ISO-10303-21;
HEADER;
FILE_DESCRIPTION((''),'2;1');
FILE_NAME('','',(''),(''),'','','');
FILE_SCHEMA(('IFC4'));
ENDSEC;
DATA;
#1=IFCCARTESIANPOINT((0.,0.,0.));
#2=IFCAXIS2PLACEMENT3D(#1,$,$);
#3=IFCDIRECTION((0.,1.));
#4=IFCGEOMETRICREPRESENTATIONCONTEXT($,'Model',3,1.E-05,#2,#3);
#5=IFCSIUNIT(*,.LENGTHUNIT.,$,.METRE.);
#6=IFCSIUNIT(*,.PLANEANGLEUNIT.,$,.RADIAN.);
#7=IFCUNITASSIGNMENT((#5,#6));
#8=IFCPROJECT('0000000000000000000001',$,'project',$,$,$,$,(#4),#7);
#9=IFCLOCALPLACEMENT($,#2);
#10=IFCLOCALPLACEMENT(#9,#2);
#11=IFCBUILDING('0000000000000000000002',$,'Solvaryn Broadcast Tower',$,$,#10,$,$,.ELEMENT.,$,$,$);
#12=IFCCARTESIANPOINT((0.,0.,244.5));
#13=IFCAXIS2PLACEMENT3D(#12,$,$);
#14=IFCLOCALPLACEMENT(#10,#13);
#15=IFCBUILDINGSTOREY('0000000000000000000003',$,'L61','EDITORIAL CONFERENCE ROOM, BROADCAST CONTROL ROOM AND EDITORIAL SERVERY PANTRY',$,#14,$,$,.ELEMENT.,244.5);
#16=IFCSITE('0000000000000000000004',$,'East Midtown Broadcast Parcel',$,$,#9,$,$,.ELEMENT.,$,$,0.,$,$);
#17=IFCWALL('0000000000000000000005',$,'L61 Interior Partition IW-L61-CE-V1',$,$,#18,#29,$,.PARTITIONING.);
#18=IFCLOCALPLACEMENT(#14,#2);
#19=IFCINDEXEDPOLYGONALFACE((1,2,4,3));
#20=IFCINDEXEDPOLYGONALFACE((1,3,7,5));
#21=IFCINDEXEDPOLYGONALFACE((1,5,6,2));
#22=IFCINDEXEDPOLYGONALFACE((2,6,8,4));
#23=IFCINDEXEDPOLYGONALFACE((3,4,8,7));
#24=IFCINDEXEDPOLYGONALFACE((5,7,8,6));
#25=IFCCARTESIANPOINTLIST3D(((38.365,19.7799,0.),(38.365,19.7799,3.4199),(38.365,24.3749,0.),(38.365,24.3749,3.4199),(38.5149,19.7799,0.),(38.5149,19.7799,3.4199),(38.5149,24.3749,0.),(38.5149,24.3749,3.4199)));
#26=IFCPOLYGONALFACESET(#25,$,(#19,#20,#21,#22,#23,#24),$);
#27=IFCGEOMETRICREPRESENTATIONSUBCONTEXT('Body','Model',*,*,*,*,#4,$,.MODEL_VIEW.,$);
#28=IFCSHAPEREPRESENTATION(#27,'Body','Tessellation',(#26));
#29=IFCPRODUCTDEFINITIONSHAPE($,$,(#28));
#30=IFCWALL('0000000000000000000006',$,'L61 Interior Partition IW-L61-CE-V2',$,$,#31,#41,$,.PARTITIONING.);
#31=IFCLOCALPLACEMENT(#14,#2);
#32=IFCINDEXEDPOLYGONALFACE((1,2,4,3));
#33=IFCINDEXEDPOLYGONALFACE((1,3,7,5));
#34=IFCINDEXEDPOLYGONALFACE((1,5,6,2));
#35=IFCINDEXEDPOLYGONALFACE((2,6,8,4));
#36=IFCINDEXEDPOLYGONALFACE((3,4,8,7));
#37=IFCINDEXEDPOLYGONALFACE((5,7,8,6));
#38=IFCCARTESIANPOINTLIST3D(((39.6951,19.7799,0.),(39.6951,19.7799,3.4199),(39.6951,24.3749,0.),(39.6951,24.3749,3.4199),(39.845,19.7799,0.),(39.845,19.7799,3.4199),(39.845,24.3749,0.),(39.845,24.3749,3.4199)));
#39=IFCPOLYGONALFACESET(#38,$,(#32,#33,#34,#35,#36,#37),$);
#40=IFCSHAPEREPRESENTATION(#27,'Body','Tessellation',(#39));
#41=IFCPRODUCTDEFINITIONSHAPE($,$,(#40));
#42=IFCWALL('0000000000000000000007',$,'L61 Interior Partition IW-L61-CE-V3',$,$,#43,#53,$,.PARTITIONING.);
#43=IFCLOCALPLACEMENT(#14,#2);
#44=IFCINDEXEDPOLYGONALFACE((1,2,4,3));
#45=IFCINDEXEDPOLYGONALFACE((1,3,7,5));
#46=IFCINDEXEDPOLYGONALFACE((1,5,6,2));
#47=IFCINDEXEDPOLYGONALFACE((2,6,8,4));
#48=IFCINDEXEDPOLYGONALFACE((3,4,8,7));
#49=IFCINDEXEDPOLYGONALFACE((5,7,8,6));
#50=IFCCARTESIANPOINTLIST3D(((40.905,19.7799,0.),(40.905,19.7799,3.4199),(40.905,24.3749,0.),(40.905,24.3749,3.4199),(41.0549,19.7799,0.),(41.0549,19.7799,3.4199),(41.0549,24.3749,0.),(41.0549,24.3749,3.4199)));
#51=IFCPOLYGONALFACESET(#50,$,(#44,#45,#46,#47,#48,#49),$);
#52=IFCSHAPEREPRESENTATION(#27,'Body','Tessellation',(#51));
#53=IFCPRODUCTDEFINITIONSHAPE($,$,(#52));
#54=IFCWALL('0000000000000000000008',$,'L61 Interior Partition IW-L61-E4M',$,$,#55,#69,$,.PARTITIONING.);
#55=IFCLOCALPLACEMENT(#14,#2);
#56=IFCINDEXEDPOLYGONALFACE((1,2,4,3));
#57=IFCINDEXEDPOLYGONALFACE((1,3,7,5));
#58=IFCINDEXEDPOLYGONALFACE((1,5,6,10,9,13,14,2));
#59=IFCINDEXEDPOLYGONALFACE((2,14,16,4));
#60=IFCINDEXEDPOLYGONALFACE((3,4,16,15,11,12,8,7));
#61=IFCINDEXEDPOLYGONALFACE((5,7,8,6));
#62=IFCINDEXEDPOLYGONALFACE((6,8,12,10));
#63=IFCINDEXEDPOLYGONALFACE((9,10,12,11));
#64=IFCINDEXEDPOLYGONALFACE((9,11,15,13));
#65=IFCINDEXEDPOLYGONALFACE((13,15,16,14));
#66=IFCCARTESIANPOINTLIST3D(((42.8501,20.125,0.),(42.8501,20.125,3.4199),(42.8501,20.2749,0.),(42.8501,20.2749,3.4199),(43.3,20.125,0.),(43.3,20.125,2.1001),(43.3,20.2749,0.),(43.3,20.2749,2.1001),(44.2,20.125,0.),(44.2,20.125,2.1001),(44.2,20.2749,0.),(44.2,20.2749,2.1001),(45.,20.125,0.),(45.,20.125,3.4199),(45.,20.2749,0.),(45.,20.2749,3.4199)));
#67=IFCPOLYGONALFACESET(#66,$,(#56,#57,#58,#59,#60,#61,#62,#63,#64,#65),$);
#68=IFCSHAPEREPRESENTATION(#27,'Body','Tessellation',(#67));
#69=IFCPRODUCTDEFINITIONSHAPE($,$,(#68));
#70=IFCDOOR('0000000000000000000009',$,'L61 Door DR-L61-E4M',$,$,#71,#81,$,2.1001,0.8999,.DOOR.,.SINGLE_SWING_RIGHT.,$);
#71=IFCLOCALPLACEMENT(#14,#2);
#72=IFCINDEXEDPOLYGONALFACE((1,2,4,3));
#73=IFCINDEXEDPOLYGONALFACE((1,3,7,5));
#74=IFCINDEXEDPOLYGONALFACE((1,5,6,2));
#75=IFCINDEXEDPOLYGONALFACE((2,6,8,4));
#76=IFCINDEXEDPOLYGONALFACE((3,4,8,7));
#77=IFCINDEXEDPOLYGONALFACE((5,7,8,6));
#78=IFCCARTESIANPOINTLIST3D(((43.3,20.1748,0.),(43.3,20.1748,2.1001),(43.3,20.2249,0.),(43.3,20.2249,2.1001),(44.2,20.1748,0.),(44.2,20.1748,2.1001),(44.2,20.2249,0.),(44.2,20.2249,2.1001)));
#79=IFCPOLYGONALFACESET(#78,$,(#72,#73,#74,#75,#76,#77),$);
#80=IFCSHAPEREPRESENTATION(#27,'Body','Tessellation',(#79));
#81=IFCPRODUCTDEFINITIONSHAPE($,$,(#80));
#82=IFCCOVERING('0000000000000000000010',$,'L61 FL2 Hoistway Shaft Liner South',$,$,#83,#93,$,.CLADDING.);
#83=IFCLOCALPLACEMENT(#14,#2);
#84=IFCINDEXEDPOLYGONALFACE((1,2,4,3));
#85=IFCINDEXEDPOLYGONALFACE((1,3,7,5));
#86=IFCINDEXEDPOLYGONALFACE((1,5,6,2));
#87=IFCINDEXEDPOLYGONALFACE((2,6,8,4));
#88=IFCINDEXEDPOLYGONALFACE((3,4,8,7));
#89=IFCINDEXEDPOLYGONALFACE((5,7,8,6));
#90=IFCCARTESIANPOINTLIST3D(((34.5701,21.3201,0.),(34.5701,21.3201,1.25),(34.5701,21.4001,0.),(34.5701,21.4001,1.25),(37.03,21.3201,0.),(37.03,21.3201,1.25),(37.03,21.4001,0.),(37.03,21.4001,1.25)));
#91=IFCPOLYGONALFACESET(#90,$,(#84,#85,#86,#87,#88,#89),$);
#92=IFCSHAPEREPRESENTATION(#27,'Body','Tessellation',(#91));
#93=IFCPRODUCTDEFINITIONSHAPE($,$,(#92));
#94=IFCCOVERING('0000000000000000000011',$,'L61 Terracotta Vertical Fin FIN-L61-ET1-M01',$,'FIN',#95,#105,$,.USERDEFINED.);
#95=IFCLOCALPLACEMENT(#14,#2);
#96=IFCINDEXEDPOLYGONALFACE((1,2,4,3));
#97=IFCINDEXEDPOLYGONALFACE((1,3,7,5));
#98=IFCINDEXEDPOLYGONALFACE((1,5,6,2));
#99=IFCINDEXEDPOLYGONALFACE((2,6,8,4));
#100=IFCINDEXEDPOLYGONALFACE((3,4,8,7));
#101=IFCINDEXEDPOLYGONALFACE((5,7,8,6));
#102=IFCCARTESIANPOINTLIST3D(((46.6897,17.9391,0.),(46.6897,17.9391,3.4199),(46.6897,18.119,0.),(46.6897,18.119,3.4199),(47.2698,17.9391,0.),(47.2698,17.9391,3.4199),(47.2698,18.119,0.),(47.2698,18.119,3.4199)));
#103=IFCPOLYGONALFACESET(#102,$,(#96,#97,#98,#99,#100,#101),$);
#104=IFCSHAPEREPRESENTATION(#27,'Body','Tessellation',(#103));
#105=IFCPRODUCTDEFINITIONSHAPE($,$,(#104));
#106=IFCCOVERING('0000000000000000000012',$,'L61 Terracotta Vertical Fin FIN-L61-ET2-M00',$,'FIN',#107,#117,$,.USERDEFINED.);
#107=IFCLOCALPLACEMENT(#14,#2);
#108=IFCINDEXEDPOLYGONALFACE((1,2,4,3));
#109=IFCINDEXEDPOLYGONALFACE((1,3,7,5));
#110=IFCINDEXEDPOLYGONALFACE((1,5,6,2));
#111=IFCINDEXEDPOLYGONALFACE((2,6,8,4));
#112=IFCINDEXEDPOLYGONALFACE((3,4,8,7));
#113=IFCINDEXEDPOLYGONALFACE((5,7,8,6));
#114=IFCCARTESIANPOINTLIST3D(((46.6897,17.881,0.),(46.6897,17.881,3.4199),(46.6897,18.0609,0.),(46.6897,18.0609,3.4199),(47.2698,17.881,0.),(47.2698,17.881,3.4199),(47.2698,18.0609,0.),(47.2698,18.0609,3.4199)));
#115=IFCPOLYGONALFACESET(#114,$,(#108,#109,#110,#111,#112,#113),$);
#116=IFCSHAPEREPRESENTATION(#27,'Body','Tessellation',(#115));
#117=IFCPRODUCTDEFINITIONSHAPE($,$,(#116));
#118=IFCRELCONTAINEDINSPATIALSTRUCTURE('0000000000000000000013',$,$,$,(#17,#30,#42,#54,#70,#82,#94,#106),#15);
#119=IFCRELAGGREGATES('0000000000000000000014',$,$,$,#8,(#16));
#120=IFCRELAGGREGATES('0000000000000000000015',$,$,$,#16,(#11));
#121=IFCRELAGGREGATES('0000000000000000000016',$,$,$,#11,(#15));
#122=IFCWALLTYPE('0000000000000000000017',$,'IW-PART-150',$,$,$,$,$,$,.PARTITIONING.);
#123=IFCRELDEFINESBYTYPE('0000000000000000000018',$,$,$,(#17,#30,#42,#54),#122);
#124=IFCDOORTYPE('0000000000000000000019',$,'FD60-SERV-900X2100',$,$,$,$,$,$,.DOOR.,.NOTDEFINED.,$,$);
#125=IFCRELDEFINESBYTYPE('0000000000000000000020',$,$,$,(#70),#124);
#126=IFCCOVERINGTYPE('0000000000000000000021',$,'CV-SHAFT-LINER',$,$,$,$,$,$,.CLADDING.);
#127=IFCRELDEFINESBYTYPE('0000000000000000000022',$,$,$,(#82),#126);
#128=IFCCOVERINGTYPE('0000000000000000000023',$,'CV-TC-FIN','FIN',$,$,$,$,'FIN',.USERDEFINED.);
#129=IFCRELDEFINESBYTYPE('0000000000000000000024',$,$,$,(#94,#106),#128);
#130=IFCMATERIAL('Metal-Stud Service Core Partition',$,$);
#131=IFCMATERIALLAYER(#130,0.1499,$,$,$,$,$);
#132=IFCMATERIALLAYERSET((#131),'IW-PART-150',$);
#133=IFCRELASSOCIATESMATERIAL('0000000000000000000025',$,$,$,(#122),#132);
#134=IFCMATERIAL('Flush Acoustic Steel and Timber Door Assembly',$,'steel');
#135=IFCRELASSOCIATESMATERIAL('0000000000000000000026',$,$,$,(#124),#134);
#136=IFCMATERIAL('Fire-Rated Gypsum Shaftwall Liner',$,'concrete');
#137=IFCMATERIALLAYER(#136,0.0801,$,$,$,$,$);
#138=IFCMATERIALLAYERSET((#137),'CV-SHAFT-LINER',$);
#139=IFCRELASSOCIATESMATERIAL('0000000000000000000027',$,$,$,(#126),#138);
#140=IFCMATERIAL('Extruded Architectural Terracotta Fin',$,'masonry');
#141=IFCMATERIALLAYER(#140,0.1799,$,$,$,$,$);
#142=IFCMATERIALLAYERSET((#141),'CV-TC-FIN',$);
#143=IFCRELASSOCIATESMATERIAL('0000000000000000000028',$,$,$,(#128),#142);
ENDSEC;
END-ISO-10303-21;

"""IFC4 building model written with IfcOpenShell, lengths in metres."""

from ifc_helpers import new_model, si_unit, direction, frame, frame_2d, origin, origin_2d, place, context, subcontext, project, spatial, rectangle, extrude, material, layer, layer_set, type_object, element, fill, save


model = new_model("IFC4")

# Units and contexts
model_context = context("Model", 3, precision=1e-05, world=origin(), true_north=direction((0.0, 1.0)))
body_context = subcontext(model_context, "Body", "Model", "MODEL_VIEW")
ifc_project = project(units=[si_unit("LENGTHUNIT", "METRE"), si_unit("PLANEANGLEUNIT", "RADIAN")], contexts=[model_context])

# Site, building, storey
site_placement = place(None, origin())
site = spatial("IfcSite", under=ifc_project, at=site_placement, Name="East Midtown Broadcast Parcel", CompositionType="ELEMENT", RefElevation=0.0)
building_placement = place(site_placement, origin())
building = spatial("IfcBuilding", under=site, at=building_placement, Name="Solvaryn Broadcast Tower", CompositionType="ELEMENT")
storey_placement = place(building_placement, frame((0.0, 0.0, 244.5)))
storey = spatial("IfcBuildingStorey", under=building, at=storey_placement, Name="L61", Description="EDITORIAL CONFERENCE ROOM, BROADCAST CONTROL ROOM AND EDITORIAL SERVERY PANTRY", CompositionType="ELEMENT", Elevation=244.5)

# Walls
ifc_material_1 = material(Name="Metal-Stud Service Core Partition")
ifc_layer_1 = layer(ifc_material_1, 0.1499)
ifc_layer_set_1 = layer_set([ifc_layer_1], Name="IW-PART-150")
wall_type_1 = type_object("IfcWallType", Name="IW-PART-150", PredefinedType="PARTITIONING", material=ifc_layer_set_1)
for number, where, z_axis, x_axis, name in (
    (1, (38.4399, 19.78, 0.0), (0.0, 0.0, 1.0), (0.0, 1.0, 0.0), "L61 Interior Partition IW-L61-CE-V1"),
    (2, (39.77, 19.78, 0.0), (0.0, 0.0, 1.0), (0.0, 1.0, 0.0), "L61 Interior Partition IW-L61-CE-V2"),
    (3, (40.98, 19.78, 0.0), (0.0, 0.0, 1.0), (0.0, 1.0, 0.0), "L61 Interior Partition IW-L61-CE-V3"),
):
    element("IfcWall", number, at=place(storey_placement, frame(where, z_axis=z_axis, x_axis=x_axis)), inside=storey, type_object=wall_type_1, Name=name, PredefinedType="PARTITIONING", context=body_context, shape_type="SweptSolid", body=[
        extrude(rectangle(XDim=4.595, YDim=0.1499, at=frame_2d((2.2974, 0.0))), origin(), (0.0, 0.0, 1.0), 3.4199),
    ])

# Wall, opening, door
wall_1_placement = place(storey_placement, frame((42.8501, 20.2, 0.0), z_axis=(0.0, 0.0, 1.0), x_axis=(1.0, 0.0, 0.0)))
wall_1 = element("IfcWall", 4, at=wall_1_placement, inside=storey, type_object=wall_type_1, Name="L61 Interior Partition IW-L61-E4M", PredefinedType="PARTITIONING", context=body_context, shape_type="SweptSolid", body=[
    extrude(rectangle(XDim=2.1499, YDim=0.1499, at=frame_2d((1.075, 0.0))), origin(), (0.0, 0.0, 1.0), 3.4199),
])
opening_1_placement = place(wall_1_placement, frame((0.45, 0.0, 0.0)))
opening_1 = element("IfcOpeningElement", 5, at=opening_1_placement, cuts=wall_1, PredefinedType="OPENING", context=body_context, shape_type="SweptSolid", body=[
    extrude(rectangle(XDim=0.8999, YDim=2.1001, at=frame_2d((0.45, 1.05))), frame((0.0, 0.085, 0.0), z_axis=(0.0, -1.0, 0.0), x_axis=(1.0, 0.0, 0.0)), (0.0, 0.0, 1.0), 0.1699),
])
ifc_material_2 = material(Name="Flush Acoustic Steel and Timber Door Assembly", Category="steel")
door_type_1 = type_object("IfcDoorType", Name="FD60-SERV-900X2100", OperationType="NOTDEFINED", PredefinedType="DOOR", material=ifc_material_2)
door_1_placement = place(opening_1_placement, origin())
door_1 = element("IfcDoor", 6, at=door_1_placement, inside=storey, type_object=door_type_1, Name="L61 Door DR-L61-E4M", OperationType="SINGLE_SWING_RIGHT", OverallHeight=2.1001, OverallWidth=0.8999, PredefinedType="DOOR", context=body_context, shape_type="SweptSolid", body=[
    extrude(rectangle(XDim=0.8999, YDim=2.1001, at=frame_2d((0.45, 1.05))), frame((0.0, 0.0249, 0.0), z_axis=(0.0, -1.0, 0.0), x_axis=(1.0, 0.0, 0.0)), (0.0, 0.0, 1.0), 0.05),
])
fill(opening_1, door_1)

# Coverings
ifc_material_3 = material(Name="Fire-Rated Gypsum Shaftwall Liner", Category="concrete")
ifc_layer_2 = layer(ifc_material_3, 0.0801)
ifc_layer_set_2 = layer_set([ifc_layer_2], Name="CV-SHAFT-LINER")
covering_type_1 = type_object("IfcCoveringType", Name="CV-SHAFT-LINER", PredefinedType="CLADDING", material=ifc_layer_set_2)
covering_placement = place(storey_placement, frame((35.8, 21.3601, 0.0), z_axis=(0.0, 0.0, 1.0), x_axis=(1.0, 0.0, 0.0)))
element("IfcCovering", 7, at=covering_placement, inside=storey, type_object=covering_type_1, Name="L61 FL2 Hoistway Shaft Liner South", PredefinedType="CLADDING", context=body_context, shape_type="SweptSolid", body=[
    extrude(rectangle(XDim=2.46, YDim=0.0801, at=origin_2d()), origin(), (0.0, 0.0, 1.0), 1.25),
])
ifc_material_4 = material(Name="Extruded Architectural Terracotta Fin", Category="masonry")
ifc_layer_3 = layer(ifc_material_4, 0.1799)
ifc_layer_set_3 = layer_set([ifc_layer_3], Name="CV-TC-FIN")
covering_type_2 = type_object("IfcCoveringType", Name="CV-TC-FIN", Description="FIN", ElementType="FIN", PredefinedType="USERDEFINED", material=ifc_layer_set_3)
for number, where, z_axis, x_axis, name in (
    (8, (46.9797, 18.0291, 0.0), (0.0, 0.0, 1.0), (1.0, 0.0, 0.0), "L61 Terracotta Vertical Fin FIN-L61-ET1-M01"),
    (9, (46.9797, 17.9709, 0.0), (0.0, 0.0, 1.0), (1.0, 0.0, 0.0), "L61 Terracotta Vertical Fin FIN-L61-ET2-M00"),
):
    element("IfcCovering", number, at=place(storey_placement, frame(where, z_axis=z_axis, x_axis=x_axis)), inside=storey, type_object=covering_type_2, Name=name, ObjectType="FIN", PredefinedType="USERDEFINED", context=body_context, shape_type="SweptSolid", body=[
        extrude(rectangle(XDim=0.5801, YDim=0.1799, at=origin_2d()), origin(), (0.0, 0.0, 1.0), 3.4199),
    ])

save(model, "model.ifc")
